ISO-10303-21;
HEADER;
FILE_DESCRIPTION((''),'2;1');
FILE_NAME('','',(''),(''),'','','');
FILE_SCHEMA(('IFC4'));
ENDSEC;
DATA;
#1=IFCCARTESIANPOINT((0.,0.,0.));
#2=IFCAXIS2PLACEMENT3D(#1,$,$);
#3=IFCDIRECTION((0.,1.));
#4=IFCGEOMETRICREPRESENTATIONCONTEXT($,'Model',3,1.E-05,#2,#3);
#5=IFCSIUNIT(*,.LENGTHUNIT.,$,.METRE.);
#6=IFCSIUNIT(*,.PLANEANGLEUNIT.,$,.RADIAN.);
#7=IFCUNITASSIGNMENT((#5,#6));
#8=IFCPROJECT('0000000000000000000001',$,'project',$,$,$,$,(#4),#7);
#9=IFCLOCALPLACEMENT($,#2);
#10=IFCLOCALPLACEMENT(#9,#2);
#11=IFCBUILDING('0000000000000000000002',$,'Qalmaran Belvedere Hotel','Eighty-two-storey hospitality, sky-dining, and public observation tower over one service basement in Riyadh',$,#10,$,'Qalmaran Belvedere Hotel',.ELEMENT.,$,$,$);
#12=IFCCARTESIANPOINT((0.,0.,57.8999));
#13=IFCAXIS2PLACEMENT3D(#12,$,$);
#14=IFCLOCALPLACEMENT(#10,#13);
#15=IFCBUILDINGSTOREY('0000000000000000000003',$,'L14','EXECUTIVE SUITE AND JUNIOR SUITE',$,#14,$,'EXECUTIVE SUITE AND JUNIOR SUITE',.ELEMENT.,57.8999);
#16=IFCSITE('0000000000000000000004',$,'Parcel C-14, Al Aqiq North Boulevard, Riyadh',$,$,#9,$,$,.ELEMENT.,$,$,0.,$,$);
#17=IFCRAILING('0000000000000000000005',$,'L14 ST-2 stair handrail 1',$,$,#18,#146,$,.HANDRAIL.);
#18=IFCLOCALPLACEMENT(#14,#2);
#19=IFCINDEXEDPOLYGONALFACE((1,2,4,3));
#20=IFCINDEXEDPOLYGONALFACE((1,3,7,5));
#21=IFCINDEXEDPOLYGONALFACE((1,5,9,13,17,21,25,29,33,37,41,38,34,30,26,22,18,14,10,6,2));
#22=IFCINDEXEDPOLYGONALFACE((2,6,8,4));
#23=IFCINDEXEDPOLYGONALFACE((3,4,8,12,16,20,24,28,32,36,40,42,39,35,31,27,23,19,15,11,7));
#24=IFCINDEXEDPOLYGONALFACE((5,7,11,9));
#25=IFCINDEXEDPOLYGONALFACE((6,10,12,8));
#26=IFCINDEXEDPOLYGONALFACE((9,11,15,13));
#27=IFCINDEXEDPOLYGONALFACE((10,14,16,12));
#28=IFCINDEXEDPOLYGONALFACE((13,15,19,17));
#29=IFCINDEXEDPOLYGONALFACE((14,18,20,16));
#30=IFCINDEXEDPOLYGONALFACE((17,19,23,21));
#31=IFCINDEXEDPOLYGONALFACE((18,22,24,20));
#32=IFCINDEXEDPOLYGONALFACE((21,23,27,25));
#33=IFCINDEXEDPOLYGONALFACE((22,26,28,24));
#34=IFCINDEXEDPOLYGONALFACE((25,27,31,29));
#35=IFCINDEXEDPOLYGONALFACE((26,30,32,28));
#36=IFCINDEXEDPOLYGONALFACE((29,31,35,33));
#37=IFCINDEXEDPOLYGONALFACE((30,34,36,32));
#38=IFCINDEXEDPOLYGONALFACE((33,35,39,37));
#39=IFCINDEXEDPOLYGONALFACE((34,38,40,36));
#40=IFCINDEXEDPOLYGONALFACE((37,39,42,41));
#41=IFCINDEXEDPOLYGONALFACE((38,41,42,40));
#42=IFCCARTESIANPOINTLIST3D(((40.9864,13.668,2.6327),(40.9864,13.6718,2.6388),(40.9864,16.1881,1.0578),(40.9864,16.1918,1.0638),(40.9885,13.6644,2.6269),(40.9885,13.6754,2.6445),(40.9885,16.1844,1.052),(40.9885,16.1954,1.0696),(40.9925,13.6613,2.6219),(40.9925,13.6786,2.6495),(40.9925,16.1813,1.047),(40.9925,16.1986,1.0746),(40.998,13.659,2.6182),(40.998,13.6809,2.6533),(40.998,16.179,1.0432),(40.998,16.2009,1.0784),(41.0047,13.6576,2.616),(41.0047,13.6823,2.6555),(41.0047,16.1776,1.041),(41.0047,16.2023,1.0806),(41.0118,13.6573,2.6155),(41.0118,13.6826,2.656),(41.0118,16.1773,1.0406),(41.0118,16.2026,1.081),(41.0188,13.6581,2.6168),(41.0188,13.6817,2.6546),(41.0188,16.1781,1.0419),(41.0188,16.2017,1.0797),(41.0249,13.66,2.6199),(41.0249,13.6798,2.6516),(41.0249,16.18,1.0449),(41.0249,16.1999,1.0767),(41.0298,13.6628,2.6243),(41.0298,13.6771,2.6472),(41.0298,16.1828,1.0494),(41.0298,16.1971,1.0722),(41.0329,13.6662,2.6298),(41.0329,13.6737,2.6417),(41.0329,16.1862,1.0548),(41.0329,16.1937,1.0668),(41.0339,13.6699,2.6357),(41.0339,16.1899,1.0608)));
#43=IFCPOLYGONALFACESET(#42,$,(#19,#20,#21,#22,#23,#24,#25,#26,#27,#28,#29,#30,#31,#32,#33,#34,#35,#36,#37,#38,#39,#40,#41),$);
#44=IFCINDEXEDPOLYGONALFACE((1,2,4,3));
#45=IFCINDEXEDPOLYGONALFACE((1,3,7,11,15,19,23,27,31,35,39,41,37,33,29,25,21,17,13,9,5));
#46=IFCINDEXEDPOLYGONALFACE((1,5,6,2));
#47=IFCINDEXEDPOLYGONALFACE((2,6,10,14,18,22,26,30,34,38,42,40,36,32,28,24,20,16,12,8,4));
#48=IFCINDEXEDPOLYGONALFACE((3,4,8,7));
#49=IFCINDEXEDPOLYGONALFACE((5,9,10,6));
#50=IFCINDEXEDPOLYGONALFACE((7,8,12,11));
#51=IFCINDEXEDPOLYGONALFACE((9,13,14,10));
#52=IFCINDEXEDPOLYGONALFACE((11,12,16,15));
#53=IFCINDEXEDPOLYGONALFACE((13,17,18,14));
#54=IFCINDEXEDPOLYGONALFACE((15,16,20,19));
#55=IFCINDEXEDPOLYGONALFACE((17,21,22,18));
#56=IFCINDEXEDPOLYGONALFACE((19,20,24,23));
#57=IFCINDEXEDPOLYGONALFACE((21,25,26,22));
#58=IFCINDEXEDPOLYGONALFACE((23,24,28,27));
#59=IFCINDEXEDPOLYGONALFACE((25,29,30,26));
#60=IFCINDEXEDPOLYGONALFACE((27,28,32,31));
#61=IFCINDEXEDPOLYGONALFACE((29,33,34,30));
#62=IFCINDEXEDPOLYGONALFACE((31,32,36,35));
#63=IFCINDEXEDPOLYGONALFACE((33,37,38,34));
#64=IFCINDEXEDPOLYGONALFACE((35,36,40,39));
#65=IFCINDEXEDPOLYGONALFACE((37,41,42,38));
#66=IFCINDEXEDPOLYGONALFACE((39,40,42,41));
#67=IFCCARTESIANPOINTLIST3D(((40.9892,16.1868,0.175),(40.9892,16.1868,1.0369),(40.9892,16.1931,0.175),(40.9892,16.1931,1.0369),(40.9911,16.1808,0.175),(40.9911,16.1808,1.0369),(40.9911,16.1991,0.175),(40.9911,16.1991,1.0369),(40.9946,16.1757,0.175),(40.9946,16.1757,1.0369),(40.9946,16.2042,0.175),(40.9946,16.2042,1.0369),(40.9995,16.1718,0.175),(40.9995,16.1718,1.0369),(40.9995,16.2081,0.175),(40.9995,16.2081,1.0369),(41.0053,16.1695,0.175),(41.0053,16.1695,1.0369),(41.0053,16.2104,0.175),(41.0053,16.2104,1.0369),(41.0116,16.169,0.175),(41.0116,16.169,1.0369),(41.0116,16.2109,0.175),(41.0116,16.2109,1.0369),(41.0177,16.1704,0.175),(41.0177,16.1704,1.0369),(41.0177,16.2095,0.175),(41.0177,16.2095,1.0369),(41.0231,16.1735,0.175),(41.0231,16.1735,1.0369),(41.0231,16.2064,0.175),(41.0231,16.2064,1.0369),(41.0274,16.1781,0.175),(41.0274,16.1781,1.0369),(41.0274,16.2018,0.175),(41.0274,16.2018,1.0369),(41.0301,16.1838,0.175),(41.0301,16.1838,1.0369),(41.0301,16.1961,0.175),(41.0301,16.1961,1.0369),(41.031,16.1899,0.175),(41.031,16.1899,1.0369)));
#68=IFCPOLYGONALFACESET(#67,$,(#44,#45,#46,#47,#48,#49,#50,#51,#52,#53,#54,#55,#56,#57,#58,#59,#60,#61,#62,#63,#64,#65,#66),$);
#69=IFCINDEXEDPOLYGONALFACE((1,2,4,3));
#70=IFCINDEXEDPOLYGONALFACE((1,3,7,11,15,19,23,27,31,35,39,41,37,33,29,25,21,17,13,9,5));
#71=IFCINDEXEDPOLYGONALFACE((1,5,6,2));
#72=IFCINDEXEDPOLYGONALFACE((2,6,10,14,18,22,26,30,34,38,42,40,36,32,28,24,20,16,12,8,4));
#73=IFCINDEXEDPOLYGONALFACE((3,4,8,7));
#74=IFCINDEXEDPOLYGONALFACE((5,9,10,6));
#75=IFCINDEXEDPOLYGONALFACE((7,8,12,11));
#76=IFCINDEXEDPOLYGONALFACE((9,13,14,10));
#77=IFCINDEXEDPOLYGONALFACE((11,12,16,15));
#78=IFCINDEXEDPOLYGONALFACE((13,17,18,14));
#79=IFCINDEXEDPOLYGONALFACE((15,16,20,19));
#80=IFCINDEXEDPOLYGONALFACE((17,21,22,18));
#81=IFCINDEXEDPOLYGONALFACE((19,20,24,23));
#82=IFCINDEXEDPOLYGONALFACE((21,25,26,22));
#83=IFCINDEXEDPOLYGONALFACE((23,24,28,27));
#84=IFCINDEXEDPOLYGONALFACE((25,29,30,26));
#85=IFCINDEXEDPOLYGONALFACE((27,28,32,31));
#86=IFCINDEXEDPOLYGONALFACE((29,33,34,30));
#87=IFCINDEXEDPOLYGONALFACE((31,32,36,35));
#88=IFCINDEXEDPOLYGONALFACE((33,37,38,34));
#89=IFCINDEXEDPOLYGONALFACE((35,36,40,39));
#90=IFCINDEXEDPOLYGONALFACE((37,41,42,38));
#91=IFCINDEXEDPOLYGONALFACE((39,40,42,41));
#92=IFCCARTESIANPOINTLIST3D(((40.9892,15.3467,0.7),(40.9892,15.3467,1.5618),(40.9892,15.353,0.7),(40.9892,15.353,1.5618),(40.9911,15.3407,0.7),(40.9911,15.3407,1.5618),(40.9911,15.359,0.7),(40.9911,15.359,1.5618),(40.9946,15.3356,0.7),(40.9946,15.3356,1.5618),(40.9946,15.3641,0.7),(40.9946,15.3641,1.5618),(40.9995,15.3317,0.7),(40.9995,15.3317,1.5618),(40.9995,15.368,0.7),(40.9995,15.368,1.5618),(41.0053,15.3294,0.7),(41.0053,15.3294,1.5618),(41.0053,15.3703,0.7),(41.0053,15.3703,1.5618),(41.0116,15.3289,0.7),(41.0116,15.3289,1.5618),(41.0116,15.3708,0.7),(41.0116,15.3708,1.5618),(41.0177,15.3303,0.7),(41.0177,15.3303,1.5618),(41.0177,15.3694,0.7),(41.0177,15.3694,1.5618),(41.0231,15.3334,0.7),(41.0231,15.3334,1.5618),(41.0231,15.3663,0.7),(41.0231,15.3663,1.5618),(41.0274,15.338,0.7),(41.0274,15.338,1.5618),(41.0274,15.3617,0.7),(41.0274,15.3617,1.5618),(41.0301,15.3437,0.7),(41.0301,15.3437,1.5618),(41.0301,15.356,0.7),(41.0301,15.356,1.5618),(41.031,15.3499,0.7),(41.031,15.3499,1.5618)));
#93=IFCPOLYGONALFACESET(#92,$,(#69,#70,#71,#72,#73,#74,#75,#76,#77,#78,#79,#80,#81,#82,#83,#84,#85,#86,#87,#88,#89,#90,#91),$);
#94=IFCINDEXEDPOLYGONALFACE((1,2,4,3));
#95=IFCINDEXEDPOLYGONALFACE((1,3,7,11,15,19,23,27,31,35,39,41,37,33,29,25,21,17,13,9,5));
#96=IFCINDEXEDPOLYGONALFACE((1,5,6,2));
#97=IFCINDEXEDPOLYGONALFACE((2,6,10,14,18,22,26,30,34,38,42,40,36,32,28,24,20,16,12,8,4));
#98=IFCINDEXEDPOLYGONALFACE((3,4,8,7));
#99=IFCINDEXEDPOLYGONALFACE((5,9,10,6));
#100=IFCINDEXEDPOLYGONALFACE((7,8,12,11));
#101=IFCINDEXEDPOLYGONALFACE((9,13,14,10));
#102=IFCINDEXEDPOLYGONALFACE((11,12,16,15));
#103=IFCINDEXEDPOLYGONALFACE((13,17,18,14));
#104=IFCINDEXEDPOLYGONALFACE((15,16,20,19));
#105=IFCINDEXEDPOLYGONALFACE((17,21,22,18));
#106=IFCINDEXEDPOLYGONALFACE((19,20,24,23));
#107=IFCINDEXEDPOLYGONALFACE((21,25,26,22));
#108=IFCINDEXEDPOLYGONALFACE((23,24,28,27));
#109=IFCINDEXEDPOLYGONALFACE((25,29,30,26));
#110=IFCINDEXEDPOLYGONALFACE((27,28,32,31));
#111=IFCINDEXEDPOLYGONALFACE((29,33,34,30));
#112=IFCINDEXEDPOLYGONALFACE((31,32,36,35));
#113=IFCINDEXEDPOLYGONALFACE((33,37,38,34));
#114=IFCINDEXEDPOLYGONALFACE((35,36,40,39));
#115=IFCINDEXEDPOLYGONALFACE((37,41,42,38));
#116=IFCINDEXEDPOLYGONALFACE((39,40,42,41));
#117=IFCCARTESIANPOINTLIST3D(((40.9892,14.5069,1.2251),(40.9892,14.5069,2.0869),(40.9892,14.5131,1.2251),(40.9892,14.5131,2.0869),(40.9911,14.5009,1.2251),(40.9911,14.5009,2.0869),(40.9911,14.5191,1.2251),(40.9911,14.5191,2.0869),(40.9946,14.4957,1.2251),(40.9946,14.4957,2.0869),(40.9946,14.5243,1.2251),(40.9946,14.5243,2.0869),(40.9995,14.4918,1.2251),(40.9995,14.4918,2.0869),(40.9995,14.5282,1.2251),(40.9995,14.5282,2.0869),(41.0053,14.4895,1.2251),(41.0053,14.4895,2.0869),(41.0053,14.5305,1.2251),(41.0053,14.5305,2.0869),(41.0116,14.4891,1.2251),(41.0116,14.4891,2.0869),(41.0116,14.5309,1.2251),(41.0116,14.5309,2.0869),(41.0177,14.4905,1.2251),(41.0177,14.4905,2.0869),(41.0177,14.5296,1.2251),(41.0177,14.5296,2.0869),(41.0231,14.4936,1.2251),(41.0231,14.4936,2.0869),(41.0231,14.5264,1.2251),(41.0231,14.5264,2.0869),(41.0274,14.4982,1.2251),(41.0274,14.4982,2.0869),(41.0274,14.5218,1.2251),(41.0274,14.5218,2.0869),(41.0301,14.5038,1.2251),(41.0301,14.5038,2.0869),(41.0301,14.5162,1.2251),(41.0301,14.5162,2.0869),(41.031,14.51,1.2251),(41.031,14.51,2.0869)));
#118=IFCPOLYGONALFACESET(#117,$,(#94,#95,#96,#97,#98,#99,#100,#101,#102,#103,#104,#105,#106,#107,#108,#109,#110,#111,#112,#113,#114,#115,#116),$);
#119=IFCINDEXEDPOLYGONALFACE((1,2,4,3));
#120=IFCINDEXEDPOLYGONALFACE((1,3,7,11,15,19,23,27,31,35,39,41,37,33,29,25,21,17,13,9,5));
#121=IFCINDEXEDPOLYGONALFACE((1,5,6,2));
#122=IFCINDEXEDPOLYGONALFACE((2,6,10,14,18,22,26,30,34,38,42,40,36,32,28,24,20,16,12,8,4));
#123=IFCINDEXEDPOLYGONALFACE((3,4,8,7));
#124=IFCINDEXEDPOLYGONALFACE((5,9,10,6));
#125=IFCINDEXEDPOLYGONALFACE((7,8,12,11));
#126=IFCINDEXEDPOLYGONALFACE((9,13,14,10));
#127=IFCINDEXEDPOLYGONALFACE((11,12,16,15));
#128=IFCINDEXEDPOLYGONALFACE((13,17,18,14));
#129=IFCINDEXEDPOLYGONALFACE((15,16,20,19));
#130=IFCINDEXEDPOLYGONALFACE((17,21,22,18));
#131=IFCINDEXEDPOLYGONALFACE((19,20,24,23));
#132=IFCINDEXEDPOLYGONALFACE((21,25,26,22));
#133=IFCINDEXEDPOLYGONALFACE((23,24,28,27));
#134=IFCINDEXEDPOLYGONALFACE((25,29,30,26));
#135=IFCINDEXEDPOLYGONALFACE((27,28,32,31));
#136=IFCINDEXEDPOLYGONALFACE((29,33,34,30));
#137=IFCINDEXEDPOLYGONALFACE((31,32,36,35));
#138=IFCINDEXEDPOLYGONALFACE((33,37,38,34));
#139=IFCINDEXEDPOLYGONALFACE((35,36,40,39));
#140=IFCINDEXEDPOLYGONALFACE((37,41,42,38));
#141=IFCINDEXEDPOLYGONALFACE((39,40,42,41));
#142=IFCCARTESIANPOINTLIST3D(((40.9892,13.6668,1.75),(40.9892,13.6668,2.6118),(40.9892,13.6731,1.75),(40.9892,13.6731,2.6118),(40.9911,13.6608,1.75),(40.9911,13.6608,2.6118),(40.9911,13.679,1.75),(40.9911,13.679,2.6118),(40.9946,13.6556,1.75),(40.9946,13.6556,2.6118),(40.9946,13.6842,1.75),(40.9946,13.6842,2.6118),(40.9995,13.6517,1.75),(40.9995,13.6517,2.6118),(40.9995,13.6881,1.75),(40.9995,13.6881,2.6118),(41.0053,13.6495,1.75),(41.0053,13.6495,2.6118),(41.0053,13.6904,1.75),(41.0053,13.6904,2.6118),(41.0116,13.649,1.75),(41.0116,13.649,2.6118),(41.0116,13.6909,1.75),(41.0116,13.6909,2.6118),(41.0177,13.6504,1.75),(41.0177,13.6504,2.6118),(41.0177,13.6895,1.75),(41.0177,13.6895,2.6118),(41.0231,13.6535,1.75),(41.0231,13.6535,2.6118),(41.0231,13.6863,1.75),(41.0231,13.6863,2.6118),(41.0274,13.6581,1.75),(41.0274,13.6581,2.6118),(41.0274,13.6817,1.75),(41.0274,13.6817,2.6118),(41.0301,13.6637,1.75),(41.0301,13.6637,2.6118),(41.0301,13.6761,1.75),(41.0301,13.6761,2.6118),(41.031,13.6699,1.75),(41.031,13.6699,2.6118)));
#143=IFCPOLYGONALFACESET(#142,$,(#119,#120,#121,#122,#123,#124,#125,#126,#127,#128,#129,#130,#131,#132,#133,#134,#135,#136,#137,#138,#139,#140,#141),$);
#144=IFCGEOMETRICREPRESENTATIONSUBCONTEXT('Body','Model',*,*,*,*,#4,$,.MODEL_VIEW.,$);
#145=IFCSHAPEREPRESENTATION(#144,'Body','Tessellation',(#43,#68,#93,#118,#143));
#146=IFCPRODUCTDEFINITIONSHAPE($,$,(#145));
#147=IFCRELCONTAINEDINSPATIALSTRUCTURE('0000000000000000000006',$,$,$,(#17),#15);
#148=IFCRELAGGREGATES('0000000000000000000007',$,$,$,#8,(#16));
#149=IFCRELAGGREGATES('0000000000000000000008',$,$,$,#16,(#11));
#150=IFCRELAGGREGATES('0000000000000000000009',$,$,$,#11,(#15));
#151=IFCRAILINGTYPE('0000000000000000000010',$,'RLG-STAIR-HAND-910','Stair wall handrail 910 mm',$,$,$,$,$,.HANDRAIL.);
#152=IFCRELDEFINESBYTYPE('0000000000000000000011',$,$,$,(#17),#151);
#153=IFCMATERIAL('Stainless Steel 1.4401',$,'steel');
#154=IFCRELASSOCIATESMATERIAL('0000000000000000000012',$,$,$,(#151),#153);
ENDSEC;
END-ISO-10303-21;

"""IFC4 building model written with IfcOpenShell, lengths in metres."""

from ifc_helpers import new_model, si_unit, direction, frame, origin, origin_2d, place, context, subcontext, project, spatial, circle, extrude, material, type_object, element, save


model = new_model("IFC4")

# Units and contexts
model_context = context("Model", 3, precision=1e-05, world=origin(), true_north=direction((0.0, 1.0)))
body_context = subcontext(model_context, "Body", "Model", "MODEL_VIEW")
ifc_project = project(units=[si_unit("LENGTHUNIT", "METRE"), si_unit("PLANEANGLEUNIT", "RADIAN")], contexts=[model_context])

# Site, building, storey
site_placement = place(None, origin())
site = spatial("IfcSite", under=ifc_project, at=site_placement, Name="Parcel C-14, Al Aqiq North Boulevard, Riyadh", CompositionType="ELEMENT", RefElevation=0.0)
building_placement = place(site_placement, origin())
building = spatial("IfcBuilding", under=site, at=building_placement, Name="Qalmaran Belvedere Hotel", Description="Eighty-two-storey hospitality, sky-dining, and public observation tower over one service basement in Riyadh", LongName="Qalmaran Belvedere Hotel", CompositionType="ELEMENT")
storey_placement = place(building_placement, frame((0.0, 0.0, 57.8999)))
storey = spatial("IfcBuildingStorey", under=building, at=storey_placement, Name="L14", Description="EXECUTIVE SUITE AND JUNIOR SUITE", LongName="EXECUTIVE SUITE AND JUNIOR SUITE", CompositionType="ELEMENT", Elevation=57.8999)

# Shared definitions
ifc_material_1 = material(Name="Stainless Steel 1.4401", Category="steel")

# Railing
railing_type_1 = type_object("IfcRailingType", Name="RLG-STAIR-HAND-910", Description="Stair wall handrail 910 mm", PredefinedType="HANDRAIL", material=ifc_material_1)
railing_1_placement = place(storey_placement, frame((41.01, 16.1899, 0.175)))
element("IfcRailing", 1, at=railing_1_placement, inside=storey, type_object=railing_type_1, Name="L14 ST-2 stair handrail 1", PredefinedType="HANDRAIL", context=body_context, shape_type="SweptSolid", body=[
    extrude(circle(Radius=0.0239, at=origin_2d()), frame((0.0, 0.0, 0.8857), z_axis=(0.0, -0.848008, 0.529984), x_axis=(1.0, 0.0, 0.0)), (0.0, 0.0, 1.0), 2.9717),
    extrude(circle(Radius=0.021, at=origin_2d()), origin(), (0.0, 0.0, 1.0), 0.8618),
    extrude(circle(Radius=0.021, at=origin_2d()), frame((0.0, -0.8401, 0.5249)), (0.0, 0.0, 1.0), 0.8618),
    extrude(circle(Radius=0.021, at=origin_2d()), frame((0.0, -1.6799, 1.05)), (0.0, 0.0, 1.0), 0.8618),
    extrude(circle(Radius=0.021, at=origin_2d()), frame((0.0, -2.52, 1.575)), (0.0, 0.0, 1.0), 0.8618),
])

save(model, "model.ifc")
